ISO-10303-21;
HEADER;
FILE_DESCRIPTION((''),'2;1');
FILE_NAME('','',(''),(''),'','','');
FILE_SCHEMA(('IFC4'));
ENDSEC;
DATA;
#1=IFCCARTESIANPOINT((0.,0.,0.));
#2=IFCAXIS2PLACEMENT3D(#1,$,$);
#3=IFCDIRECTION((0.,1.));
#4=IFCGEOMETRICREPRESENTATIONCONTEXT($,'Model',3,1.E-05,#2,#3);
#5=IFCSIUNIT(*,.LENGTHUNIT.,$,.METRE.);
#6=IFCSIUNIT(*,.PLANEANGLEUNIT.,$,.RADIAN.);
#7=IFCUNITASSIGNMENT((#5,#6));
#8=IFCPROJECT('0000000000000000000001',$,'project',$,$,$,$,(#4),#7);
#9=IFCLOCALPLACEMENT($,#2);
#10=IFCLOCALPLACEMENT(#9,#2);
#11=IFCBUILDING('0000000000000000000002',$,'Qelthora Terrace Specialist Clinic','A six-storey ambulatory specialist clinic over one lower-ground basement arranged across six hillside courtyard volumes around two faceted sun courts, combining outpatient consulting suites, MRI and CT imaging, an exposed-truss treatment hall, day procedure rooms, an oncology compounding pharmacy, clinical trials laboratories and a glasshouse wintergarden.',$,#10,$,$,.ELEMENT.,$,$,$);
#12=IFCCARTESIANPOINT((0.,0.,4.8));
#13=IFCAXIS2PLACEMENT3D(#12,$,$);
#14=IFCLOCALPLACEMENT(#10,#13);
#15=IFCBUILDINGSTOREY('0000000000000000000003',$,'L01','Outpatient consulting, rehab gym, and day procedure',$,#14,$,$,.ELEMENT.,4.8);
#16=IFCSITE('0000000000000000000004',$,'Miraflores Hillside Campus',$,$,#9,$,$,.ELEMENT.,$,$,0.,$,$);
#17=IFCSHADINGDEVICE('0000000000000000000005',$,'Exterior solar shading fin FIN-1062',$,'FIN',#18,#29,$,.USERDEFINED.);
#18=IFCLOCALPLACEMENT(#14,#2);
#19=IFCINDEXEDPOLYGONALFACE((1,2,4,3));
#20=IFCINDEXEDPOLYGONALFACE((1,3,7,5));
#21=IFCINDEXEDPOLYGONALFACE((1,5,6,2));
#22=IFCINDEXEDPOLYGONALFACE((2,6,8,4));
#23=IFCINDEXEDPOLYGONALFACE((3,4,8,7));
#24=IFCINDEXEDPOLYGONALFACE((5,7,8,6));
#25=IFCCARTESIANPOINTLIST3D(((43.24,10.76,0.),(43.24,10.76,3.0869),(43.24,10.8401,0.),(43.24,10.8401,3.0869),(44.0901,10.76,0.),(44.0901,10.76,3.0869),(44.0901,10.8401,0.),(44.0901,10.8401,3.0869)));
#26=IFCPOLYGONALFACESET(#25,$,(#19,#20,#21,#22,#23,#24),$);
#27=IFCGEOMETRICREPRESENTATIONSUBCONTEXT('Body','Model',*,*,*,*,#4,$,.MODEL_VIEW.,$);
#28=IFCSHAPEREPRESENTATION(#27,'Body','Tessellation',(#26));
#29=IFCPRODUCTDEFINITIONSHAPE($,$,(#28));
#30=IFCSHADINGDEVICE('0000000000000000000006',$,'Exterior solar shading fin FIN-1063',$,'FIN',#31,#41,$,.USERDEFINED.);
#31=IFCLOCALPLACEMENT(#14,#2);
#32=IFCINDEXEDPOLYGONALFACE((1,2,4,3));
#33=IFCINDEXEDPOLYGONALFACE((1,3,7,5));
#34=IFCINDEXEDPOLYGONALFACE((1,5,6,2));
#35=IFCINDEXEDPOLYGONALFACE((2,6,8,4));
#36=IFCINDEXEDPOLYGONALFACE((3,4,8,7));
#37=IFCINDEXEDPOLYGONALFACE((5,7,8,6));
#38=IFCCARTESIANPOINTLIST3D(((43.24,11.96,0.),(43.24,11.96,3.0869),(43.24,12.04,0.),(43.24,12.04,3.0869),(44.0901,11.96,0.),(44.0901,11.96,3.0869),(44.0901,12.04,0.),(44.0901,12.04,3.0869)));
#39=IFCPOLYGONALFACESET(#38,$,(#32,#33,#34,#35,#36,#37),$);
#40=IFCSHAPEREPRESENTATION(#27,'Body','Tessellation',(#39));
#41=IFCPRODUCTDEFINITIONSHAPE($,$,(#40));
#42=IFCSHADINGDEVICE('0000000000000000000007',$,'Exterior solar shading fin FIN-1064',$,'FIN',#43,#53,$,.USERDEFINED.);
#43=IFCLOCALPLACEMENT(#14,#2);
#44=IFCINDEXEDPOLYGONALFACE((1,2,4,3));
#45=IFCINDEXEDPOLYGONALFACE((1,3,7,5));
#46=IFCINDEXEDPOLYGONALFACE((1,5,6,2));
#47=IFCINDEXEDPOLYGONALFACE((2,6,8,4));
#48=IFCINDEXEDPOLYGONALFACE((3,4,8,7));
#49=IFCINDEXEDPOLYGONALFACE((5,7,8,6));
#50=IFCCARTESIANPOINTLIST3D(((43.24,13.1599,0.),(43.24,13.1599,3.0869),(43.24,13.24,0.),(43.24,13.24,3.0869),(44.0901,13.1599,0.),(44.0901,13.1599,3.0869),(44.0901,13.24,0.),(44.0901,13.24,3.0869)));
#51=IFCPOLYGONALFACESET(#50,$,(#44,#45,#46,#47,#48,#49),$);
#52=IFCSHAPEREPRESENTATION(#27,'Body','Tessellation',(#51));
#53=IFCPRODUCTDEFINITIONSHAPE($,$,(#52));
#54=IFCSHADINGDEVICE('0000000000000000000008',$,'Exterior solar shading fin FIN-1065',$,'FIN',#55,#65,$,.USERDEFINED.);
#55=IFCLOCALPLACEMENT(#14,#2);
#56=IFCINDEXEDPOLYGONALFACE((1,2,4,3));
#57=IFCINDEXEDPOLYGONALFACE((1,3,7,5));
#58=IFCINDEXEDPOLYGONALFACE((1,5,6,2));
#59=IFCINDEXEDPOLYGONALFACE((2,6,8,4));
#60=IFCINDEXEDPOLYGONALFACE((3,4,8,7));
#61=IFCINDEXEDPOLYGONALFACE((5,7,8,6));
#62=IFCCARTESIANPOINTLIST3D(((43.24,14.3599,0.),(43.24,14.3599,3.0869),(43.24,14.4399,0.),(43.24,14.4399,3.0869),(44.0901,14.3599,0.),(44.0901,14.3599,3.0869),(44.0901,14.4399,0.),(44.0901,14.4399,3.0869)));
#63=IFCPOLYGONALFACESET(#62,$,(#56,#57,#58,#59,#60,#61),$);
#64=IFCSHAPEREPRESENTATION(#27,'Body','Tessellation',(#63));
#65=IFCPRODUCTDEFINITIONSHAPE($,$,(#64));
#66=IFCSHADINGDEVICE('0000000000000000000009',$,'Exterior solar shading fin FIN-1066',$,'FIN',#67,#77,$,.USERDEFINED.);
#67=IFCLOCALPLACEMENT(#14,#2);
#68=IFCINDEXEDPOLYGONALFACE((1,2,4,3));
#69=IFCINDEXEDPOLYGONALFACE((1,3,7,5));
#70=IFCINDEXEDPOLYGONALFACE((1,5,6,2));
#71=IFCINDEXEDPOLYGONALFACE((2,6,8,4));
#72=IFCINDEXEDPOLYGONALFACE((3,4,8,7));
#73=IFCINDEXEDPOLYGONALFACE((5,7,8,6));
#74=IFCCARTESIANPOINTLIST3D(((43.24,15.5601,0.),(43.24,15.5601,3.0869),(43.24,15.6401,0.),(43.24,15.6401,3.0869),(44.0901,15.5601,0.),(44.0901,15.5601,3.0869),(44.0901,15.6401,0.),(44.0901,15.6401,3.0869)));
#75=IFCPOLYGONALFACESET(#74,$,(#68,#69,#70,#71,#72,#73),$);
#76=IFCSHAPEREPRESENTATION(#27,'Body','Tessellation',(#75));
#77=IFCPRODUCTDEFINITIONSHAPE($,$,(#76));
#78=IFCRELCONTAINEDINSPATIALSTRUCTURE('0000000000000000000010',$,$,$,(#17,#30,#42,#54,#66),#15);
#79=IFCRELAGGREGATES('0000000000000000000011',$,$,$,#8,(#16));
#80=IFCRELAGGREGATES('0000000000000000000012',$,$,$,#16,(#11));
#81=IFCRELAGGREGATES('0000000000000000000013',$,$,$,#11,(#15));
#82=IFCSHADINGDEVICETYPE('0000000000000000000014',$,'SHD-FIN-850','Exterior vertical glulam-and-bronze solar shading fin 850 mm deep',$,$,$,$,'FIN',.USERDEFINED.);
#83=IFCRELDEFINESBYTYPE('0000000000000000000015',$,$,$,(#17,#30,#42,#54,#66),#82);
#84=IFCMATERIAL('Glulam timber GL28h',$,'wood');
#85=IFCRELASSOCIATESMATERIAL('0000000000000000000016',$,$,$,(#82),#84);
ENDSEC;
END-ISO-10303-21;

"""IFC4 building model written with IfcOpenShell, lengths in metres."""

from ifc_helpers import new_model, si_unit, direction, frame, origin, origin_2d, place, context, subcontext, project, spatial, rectangle, extrude, material, type_object, element, save


model = new_model("IFC4")

# Units and contexts
model_context = context("Model", 3, precision=1e-05, world=origin(), true_north=direction((0.0, 1.0)))
body_context = subcontext(model_context, "Body", "Model", "MODEL_VIEW")
ifc_project = project(units=[si_unit("LENGTHUNIT", "METRE"), si_unit("PLANEANGLEUNIT", "RADIAN")], contexts=[model_context])

# Site, building, storey
site_placement = place(None, origin())
site = spatial("IfcSite", under=ifc_project, at=site_placement, Name="Miraflores Hillside Campus", CompositionType="ELEMENT", RefElevation=0.0)
building_placement = place(site_placement, origin())
building = spatial("IfcBuilding", under=site, at=building_placement, Name="Qelthora Terrace Specialist Clinic", Description="A six-storey ambulatory specialist clinic over one lower-ground basement arranged across six hillside courtyard volumes around two faceted sun courts, combining outpatient consulting suites, MRI and CT imaging, an exposed-truss treatment hall, day procedure rooms, an oncology compounding pharmacy, clinical trials laboratories and a glasshouse wintergarden.", CompositionType="ELEMENT")
storey_placement = place(building_placement, frame((0.0, 0.0, 4.8)))
storey = spatial("IfcBuildingStorey", under=building, at=storey_placement, Name="L01", Description="Outpatient consulting, rehab gym, and day procedure", CompositionType="ELEMENT", Elevation=4.8)

# Shading devices
ifc_material_1 = material(Name="Glulam timber GL28h", Category="wood")
shading_device_type = type_object("IfcShadingDeviceType", Name="SHD-FIN-850", Description="Exterior vertical glulam-and-bronze solar shading fin 850 mm deep", ElementType="FIN", PredefinedType="USERDEFINED", material=ifc_material_1)
for number, where, z_axis, x_axis, name in (
    (1, (43.665, 10.8, 0.0), (0.0, 0.0, 1.0), (1.0, 0.0, 0.0), "Exterior solar shading fin FIN-1062"),
    (2, (43.665, 12.0, 0.0), (0.0, 0.0, 1.0), (1.0, 0.0, 0.0), "Exterior solar shading fin FIN-1063"),
    (3, (43.665, 13.2, 0.0), (0.0, 0.0, 1.0), (1.0, 0.0, 0.0), "Exterior solar shading fin FIN-1064"),
    (4, (43.665, 14.3999, 0.0), (0.0, 0.0, 1.0), (1.0, 0.0, 0.0), "Exterior solar shading fin FIN-1065"),
    (5, (43.665, 15.6001, 0.0), (0.0, 0.0, 1.0), (1.0, 0.0, 0.0), "Exterior solar shading fin FIN-1066"),
):
    element("IfcShadingDevice", number, at=place(storey_placement, frame(where, z_axis=z_axis, x_axis=x_axis)), inside=storey, type_object=shading_device_type, Name=name, ObjectType="FIN", PredefinedType="USERDEFINED", context=body_context, shape_type="SweptSolid", body=[
        extrude(rectangle(XDim=0.8501, YDim=0.0801, at=origin_2d()), origin(), (0.0, 0.0, 1.0), 3.0869),
    ])

save(model, "model.ifc")
